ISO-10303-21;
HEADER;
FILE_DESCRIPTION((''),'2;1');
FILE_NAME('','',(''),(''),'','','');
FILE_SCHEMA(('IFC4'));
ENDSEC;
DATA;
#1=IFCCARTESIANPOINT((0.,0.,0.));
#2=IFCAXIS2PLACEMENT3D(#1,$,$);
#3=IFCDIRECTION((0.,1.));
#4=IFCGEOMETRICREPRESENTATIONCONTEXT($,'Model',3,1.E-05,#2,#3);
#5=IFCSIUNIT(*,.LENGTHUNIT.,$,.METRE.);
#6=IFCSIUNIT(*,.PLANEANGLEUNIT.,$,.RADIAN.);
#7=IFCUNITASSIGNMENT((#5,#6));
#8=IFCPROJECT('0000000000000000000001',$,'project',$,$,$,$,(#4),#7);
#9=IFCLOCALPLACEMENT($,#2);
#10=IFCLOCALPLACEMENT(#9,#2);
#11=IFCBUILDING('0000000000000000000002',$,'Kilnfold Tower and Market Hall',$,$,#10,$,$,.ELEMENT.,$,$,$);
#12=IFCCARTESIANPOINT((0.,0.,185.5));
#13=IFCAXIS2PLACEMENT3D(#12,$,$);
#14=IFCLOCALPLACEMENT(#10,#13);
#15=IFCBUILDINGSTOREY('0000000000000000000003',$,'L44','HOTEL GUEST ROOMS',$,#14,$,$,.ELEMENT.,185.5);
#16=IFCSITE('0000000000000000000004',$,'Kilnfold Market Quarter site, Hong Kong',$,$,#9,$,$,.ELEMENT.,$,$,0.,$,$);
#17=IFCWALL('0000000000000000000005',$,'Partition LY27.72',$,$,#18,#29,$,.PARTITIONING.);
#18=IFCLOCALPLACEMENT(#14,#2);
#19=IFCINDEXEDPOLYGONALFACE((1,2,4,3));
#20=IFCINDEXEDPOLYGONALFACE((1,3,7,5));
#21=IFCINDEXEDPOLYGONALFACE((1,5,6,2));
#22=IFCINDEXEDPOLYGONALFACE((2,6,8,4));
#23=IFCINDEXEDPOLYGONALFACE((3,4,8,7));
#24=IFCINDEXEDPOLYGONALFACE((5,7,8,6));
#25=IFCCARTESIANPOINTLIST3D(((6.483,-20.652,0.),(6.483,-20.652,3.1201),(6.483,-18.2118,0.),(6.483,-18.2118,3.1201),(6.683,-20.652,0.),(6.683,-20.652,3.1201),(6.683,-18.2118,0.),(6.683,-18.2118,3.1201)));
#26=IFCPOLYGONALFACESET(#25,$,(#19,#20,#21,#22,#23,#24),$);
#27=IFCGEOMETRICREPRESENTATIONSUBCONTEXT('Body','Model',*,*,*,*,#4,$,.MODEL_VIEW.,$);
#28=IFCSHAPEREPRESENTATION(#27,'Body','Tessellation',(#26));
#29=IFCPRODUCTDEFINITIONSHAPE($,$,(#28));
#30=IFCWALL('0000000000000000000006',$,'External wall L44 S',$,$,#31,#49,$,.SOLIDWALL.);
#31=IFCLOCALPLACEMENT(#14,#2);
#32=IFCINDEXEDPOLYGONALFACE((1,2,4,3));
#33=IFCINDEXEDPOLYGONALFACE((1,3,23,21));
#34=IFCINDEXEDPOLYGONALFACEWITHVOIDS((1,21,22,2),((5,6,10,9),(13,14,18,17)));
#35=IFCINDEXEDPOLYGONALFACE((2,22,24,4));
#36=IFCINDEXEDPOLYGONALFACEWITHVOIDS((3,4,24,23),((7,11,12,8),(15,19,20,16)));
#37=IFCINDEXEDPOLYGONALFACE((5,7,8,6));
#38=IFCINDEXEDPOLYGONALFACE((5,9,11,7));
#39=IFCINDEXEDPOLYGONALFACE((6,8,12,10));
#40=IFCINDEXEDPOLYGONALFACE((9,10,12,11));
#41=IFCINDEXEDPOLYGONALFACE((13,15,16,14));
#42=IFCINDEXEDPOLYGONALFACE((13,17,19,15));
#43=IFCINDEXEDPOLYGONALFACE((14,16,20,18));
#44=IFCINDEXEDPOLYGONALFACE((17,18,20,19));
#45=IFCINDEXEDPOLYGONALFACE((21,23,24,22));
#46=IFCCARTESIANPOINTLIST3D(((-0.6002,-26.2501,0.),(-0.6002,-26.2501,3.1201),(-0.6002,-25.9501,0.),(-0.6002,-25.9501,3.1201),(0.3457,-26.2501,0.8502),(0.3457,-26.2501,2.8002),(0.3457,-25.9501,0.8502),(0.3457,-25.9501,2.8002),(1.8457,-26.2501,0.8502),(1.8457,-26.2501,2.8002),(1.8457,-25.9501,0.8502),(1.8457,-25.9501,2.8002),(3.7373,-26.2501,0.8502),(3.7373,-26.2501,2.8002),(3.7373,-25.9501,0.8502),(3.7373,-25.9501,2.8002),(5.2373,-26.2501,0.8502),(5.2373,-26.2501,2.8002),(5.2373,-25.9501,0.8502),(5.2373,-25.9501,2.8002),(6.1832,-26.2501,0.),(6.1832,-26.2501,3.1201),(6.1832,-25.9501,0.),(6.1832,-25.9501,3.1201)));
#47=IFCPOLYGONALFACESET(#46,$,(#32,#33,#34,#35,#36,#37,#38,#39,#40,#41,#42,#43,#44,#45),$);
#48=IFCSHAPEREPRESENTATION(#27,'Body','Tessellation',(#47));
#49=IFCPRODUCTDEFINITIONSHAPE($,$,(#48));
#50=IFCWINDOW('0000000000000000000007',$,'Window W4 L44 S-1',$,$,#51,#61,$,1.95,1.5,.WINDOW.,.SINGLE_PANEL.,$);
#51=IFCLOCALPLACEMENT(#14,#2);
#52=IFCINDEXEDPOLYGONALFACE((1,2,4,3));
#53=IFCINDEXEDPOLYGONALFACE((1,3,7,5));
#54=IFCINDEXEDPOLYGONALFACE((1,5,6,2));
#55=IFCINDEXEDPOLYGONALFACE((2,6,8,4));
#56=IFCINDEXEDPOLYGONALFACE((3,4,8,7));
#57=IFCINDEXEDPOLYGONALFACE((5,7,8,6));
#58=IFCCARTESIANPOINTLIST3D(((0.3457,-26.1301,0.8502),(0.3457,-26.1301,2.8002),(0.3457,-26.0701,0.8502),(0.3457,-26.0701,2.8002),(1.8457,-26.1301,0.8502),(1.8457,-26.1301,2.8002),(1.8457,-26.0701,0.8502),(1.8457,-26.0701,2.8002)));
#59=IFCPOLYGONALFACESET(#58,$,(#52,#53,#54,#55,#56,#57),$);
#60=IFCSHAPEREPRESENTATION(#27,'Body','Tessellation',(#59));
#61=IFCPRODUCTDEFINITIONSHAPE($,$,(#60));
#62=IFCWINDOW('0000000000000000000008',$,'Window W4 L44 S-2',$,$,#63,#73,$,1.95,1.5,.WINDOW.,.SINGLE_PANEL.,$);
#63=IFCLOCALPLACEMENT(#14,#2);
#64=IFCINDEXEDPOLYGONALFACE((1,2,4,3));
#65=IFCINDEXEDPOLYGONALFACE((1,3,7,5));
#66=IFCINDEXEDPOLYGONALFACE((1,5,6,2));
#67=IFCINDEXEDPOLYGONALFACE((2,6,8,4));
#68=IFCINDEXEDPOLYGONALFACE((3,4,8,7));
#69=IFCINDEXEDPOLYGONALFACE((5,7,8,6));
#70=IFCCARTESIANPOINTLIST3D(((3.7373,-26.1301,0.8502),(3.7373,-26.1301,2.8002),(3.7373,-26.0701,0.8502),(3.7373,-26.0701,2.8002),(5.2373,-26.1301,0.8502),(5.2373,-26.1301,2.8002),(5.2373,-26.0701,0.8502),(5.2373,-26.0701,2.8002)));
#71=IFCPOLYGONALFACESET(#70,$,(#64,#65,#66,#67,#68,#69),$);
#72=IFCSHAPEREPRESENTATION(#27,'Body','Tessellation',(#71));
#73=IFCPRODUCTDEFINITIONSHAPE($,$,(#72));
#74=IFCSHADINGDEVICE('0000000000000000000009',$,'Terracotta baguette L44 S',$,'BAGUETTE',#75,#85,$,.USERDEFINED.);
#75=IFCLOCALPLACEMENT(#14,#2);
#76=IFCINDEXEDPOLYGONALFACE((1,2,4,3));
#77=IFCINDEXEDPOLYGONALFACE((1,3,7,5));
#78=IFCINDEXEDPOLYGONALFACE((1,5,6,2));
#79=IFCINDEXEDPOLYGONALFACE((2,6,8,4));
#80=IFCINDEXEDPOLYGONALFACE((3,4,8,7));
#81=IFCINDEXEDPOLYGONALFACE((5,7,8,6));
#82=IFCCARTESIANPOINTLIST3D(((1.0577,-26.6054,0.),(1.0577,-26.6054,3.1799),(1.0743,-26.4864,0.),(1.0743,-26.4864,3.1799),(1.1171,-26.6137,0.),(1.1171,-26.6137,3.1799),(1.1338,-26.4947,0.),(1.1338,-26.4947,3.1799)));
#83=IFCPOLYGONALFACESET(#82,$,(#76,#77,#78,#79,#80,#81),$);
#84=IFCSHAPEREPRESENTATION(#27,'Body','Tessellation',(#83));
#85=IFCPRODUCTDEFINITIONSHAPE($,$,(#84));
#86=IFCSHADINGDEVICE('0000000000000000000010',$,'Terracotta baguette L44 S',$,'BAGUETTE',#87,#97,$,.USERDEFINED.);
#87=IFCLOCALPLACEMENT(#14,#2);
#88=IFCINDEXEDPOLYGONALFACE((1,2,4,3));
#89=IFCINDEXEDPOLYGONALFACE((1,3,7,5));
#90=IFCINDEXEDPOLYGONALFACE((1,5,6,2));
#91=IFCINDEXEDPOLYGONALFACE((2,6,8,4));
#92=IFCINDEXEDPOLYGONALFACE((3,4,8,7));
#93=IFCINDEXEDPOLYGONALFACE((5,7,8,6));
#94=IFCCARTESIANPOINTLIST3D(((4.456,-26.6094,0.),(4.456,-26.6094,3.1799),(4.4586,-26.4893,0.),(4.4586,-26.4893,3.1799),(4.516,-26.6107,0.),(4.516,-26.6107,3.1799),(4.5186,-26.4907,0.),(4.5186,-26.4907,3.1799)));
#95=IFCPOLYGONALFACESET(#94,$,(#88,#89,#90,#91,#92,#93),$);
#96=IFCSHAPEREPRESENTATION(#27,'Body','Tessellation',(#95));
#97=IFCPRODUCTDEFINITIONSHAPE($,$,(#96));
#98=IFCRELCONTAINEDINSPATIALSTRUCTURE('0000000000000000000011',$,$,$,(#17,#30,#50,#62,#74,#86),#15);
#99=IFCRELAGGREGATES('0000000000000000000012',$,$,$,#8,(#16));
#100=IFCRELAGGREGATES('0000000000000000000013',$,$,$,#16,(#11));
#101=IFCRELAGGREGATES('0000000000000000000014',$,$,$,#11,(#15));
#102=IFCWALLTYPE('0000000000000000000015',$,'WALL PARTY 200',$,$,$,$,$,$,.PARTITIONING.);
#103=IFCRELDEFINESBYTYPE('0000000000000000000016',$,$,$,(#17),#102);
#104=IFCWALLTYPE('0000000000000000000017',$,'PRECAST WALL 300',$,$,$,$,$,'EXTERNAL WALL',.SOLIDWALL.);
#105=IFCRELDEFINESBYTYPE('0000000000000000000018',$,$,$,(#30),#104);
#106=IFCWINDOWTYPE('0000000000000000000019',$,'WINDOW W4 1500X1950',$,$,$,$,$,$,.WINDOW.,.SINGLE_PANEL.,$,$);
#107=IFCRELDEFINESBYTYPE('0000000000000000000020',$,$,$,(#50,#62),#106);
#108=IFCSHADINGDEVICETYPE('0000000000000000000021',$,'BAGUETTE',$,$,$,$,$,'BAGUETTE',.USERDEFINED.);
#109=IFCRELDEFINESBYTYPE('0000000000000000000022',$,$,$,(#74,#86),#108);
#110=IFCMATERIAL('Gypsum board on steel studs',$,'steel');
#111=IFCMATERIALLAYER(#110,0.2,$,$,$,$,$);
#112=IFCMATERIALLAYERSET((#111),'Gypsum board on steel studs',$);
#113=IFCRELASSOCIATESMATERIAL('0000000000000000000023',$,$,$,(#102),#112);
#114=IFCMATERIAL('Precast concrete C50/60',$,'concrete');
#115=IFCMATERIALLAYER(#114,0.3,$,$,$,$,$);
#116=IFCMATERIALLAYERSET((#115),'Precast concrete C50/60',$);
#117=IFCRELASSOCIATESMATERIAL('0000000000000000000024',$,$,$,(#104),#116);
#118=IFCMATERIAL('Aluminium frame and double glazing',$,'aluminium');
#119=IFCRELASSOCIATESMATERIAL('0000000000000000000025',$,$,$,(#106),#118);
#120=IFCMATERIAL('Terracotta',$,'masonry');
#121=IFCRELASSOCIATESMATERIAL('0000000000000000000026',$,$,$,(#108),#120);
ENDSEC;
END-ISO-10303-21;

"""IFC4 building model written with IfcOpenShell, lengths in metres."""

from ifc_helpers import new_model, si_unit, direction, frame, frame_2d, origin, origin_2d, place, context, subcontext, project, spatial, rectangle, extrude, source, transform, mapped, material, layer, layer_set, material_profile, profile_set, type_object, element, fill, save


model = new_model("IFC4")

# Units and contexts
model_context = context("Model", 3, precision=1e-05, world=origin(), true_north=direction((0.0, 1.0)))
body_context = subcontext(model_context, "Body", "Model", "MODEL_VIEW")
ifc_project = project(units=[si_unit("LENGTHUNIT", "METRE"), si_unit("PLANEANGLEUNIT", "RADIAN")], contexts=[model_context])

# Site, building, storey
site_placement = place(None, origin())
site = spatial("IfcSite", under=ifc_project, at=site_placement, Name="Kilnfold Market Quarter site, Hong Kong", CompositionType="ELEMENT", RefElevation=0.0)
building_placement = place(site_placement, origin())
building = spatial("IfcBuilding", under=site, at=building_placement, Name="Kilnfold Tower and Market Hall", CompositionType="ELEMENT")
storey_placement = place(building_placement, frame((0.0, 0.0, 185.5)))
storey = spatial("IfcBuildingStorey", under=building, at=storey_placement, Name="L44", Description="HOTEL GUEST ROOMS", CompositionType="ELEMENT", Elevation=185.5)

# Wall
ifc_material_1 = material(Name="Gypsum board on steel studs", Category="steel")
ifc_layer_1 = layer(ifc_material_1, 0.2)
ifc_layer_set_1 = layer_set([ifc_layer_1], Name="Gypsum board on steel studs")
wall_type_1 = type_object("IfcWallType", Name="WALL PARTY 200", PredefinedType="PARTITIONING", material=ifc_layer_set_1)
wall_1_placement = place(storey_placement, frame((6.583, -20.6521, 0.0), z_axis=(0.0, 0.0, 1.0), x_axis=(0.0, 1.0, 0.0)))
element("IfcWall", 1, at=wall_1_placement, inside=storey, type_object=wall_type_1, Name="Partition LY27.72", PredefinedType="PARTITIONING", context=body_context, shape_type="SweptSolid", body=[
    extrude(rectangle(XDim=2.4402, YDim=0.2, at=frame_2d((1.2202, 0.0))), origin(), (0.0, 0.0, 1.0), 3.1201),
])

# Wall, openings, windows
ifc_material_2 = material(Name="Precast concrete C50/60", Category="concrete")
ifc_layer_2 = layer(ifc_material_2, 0.3)
ifc_layer_set_2 = layer_set([ifc_layer_2], Name="Precast concrete C50/60")
wall_type_2 = type_object("IfcWallType", Name="PRECAST WALL 300", ElementType="EXTERNAL WALL", PredefinedType="SOLIDWALL", material=ifc_layer_set_2)
shared_shape_1 = source(origin(), body_context, "Body", "SweptSolid", [
    extrude(rectangle(XDim=6.7834, YDim=0.3, at=frame_2d((3.3916, 0.0))), origin(), (0.0, 0.0, 1.0), 3.1201),
])
wall_2_placement = place(storey_placement, frame((-0.6001, -26.1001, 0.0), z_axis=(0.0, 0.0, 1.0), x_axis=(1.0, 0.0, 0.0)))
wall_2 = element("IfcWall", 2, at=wall_2_placement, inside=storey, type_object=wall_type_2, Name="External wall L44 S", PredefinedType="SOLIDWALL", context=body_context, shape_type="MappedRepresentation", body=[
    mapped(shared_shape_1, transform((0.0, 0.0, 0.0))),
])
opening_1_placement = place(wall_2_placement, frame((0.9458, 0.0, 0.8501)))
opening_1 = element("IfcOpeningElement", 3, at=opening_1_placement, cuts=wall_2, PredefinedType="OPENING", context=body_context, shape_type="SweptSolid", body=[
    extrude(rectangle(XDim=1.5, YDim=1.95, at=frame_2d((0.75, 0.9751))), frame((0.0, 0.1602, 0.0), z_axis=(0.0, -1.0, 0.0), x_axis=(1.0, 0.0, 0.0)), (0.0, 0.0, 1.0), 0.3201),
])
opening_2_placement = place(wall_2_placement, frame((4.3374, 0.0, 0.8501)))
opening_2 = element("IfcOpeningElement", 4, at=opening_2_placement, cuts=wall_2, PredefinedType="OPENING", context=body_context, shape_type="SweptSolid", body=[
    extrude(rectangle(XDim=1.5, YDim=1.95, at=frame_2d((0.75, 0.9751))), frame((0.0, 0.1602, 0.0), z_axis=(0.0, -1.0, 0.0), x_axis=(1.0, 0.0, 0.0)), (0.0, 0.0, 1.0), 0.3201),
])
ifc_material_3 = material(Name="Aluminium frame and double glazing", Category="aluminium")
window_type = type_object("IfcWindowType", Name="WINDOW W4 1500X1950", PartitioningType="SINGLE_PANEL", PredefinedType="WINDOW", material=ifc_material_3)
window_1_placement = place(opening_1_placement, origin())
window_1 = element("IfcWindow", 5, at=window_1_placement, inside=storey, type_object=window_type, Name="Window W4 L44 S-1", OverallHeight=1.95, OverallWidth=1.5, PartitioningType="SINGLE_PANEL", PredefinedType="WINDOW", context=body_context, shape_type="SweptSolid", body=[
    extrude(rectangle(XDim=1.5, YDim=1.95, at=frame_2d((0.75, 0.9751))), frame((0.0, 0.03, 0.0), z_axis=(0.0, -1.0, 0.0), x_axis=(1.0, 0.0, 0.0)), (0.0, 0.0, 1.0), 0.0601),
])
fill(opening_1, window_1)
window_2_placement = place(opening_2_placement, origin())
window_2 = element("IfcWindow", 6, at=window_2_placement, inside=storey, type_object=window_type, Name="Window W4 L44 S-2", OverallHeight=1.95, OverallWidth=1.5, PartitioningType="SINGLE_PANEL", PredefinedType="WINDOW", context=body_context, shape_type="SweptSolid", body=[
    extrude(rectangle(XDim=1.5, YDim=1.95, at=frame_2d((0.75, 0.9751))), frame((0.0, 0.03, 0.0), z_axis=(0.0, -1.0, 0.0), x_axis=(1.0, 0.0, 0.0)), (0.0, 0.0, 1.0), 0.0601),
])
fill(opening_2, window_2)

# Shading devices
ifc_material_4 = material(Name="Terracotta", Category="masonry")
ifc_material_profile_1 = material_profile(ifc_material_4, rectangle(XDim=0.0601, YDim=0.1201, at=origin_2d()), Name="BAG 60x120")
ifc_profile_set_1 = profile_set([ifc_material_profile_1], Name="Terracotta")
shading_device_type = type_object("IfcShadingDeviceType", Name="BAGUETTE", ElementType="BAGUETTE", PredefinedType="USERDEFINED", material=ifc_profile_set_1)
shared_shape_2 = source(origin(), body_context, "Body", "SweptSolid", [
    extrude(rectangle(XDim=0.0601, YDim=0.1201, at=origin_2d()), origin(), (0.0, 0.0, 1.0), 3.1799),
])
for number, where, z_axis, x_axis, name in (
    (7, (1.0957, -26.55, 0.0), (0.0, 0.0, 1.0), (0.990382, -0.138357, 0.0), "Terracotta baguette L44 S"),
    (8, (4.4873, -26.55, 0.0), (0.0, 0.0, 1.0), (0.999761, -0.021874, 0.0), "Terracotta baguette L44 S"),
):
    element("IfcShadingDevice", number, at=place(storey_placement, frame(where, z_axis=z_axis, x_axis=x_axis)), inside=storey, type_object=shading_device_type, Name=name, ObjectType="BAGUETTE", PredefinedType="USERDEFINED", context=body_context, shape_type="MappedRepresentation", body=[
        mapped(shared_shape_2, transform((0.0, 0.0, 0.0))),
    ])

save(model, "model.ifc")
